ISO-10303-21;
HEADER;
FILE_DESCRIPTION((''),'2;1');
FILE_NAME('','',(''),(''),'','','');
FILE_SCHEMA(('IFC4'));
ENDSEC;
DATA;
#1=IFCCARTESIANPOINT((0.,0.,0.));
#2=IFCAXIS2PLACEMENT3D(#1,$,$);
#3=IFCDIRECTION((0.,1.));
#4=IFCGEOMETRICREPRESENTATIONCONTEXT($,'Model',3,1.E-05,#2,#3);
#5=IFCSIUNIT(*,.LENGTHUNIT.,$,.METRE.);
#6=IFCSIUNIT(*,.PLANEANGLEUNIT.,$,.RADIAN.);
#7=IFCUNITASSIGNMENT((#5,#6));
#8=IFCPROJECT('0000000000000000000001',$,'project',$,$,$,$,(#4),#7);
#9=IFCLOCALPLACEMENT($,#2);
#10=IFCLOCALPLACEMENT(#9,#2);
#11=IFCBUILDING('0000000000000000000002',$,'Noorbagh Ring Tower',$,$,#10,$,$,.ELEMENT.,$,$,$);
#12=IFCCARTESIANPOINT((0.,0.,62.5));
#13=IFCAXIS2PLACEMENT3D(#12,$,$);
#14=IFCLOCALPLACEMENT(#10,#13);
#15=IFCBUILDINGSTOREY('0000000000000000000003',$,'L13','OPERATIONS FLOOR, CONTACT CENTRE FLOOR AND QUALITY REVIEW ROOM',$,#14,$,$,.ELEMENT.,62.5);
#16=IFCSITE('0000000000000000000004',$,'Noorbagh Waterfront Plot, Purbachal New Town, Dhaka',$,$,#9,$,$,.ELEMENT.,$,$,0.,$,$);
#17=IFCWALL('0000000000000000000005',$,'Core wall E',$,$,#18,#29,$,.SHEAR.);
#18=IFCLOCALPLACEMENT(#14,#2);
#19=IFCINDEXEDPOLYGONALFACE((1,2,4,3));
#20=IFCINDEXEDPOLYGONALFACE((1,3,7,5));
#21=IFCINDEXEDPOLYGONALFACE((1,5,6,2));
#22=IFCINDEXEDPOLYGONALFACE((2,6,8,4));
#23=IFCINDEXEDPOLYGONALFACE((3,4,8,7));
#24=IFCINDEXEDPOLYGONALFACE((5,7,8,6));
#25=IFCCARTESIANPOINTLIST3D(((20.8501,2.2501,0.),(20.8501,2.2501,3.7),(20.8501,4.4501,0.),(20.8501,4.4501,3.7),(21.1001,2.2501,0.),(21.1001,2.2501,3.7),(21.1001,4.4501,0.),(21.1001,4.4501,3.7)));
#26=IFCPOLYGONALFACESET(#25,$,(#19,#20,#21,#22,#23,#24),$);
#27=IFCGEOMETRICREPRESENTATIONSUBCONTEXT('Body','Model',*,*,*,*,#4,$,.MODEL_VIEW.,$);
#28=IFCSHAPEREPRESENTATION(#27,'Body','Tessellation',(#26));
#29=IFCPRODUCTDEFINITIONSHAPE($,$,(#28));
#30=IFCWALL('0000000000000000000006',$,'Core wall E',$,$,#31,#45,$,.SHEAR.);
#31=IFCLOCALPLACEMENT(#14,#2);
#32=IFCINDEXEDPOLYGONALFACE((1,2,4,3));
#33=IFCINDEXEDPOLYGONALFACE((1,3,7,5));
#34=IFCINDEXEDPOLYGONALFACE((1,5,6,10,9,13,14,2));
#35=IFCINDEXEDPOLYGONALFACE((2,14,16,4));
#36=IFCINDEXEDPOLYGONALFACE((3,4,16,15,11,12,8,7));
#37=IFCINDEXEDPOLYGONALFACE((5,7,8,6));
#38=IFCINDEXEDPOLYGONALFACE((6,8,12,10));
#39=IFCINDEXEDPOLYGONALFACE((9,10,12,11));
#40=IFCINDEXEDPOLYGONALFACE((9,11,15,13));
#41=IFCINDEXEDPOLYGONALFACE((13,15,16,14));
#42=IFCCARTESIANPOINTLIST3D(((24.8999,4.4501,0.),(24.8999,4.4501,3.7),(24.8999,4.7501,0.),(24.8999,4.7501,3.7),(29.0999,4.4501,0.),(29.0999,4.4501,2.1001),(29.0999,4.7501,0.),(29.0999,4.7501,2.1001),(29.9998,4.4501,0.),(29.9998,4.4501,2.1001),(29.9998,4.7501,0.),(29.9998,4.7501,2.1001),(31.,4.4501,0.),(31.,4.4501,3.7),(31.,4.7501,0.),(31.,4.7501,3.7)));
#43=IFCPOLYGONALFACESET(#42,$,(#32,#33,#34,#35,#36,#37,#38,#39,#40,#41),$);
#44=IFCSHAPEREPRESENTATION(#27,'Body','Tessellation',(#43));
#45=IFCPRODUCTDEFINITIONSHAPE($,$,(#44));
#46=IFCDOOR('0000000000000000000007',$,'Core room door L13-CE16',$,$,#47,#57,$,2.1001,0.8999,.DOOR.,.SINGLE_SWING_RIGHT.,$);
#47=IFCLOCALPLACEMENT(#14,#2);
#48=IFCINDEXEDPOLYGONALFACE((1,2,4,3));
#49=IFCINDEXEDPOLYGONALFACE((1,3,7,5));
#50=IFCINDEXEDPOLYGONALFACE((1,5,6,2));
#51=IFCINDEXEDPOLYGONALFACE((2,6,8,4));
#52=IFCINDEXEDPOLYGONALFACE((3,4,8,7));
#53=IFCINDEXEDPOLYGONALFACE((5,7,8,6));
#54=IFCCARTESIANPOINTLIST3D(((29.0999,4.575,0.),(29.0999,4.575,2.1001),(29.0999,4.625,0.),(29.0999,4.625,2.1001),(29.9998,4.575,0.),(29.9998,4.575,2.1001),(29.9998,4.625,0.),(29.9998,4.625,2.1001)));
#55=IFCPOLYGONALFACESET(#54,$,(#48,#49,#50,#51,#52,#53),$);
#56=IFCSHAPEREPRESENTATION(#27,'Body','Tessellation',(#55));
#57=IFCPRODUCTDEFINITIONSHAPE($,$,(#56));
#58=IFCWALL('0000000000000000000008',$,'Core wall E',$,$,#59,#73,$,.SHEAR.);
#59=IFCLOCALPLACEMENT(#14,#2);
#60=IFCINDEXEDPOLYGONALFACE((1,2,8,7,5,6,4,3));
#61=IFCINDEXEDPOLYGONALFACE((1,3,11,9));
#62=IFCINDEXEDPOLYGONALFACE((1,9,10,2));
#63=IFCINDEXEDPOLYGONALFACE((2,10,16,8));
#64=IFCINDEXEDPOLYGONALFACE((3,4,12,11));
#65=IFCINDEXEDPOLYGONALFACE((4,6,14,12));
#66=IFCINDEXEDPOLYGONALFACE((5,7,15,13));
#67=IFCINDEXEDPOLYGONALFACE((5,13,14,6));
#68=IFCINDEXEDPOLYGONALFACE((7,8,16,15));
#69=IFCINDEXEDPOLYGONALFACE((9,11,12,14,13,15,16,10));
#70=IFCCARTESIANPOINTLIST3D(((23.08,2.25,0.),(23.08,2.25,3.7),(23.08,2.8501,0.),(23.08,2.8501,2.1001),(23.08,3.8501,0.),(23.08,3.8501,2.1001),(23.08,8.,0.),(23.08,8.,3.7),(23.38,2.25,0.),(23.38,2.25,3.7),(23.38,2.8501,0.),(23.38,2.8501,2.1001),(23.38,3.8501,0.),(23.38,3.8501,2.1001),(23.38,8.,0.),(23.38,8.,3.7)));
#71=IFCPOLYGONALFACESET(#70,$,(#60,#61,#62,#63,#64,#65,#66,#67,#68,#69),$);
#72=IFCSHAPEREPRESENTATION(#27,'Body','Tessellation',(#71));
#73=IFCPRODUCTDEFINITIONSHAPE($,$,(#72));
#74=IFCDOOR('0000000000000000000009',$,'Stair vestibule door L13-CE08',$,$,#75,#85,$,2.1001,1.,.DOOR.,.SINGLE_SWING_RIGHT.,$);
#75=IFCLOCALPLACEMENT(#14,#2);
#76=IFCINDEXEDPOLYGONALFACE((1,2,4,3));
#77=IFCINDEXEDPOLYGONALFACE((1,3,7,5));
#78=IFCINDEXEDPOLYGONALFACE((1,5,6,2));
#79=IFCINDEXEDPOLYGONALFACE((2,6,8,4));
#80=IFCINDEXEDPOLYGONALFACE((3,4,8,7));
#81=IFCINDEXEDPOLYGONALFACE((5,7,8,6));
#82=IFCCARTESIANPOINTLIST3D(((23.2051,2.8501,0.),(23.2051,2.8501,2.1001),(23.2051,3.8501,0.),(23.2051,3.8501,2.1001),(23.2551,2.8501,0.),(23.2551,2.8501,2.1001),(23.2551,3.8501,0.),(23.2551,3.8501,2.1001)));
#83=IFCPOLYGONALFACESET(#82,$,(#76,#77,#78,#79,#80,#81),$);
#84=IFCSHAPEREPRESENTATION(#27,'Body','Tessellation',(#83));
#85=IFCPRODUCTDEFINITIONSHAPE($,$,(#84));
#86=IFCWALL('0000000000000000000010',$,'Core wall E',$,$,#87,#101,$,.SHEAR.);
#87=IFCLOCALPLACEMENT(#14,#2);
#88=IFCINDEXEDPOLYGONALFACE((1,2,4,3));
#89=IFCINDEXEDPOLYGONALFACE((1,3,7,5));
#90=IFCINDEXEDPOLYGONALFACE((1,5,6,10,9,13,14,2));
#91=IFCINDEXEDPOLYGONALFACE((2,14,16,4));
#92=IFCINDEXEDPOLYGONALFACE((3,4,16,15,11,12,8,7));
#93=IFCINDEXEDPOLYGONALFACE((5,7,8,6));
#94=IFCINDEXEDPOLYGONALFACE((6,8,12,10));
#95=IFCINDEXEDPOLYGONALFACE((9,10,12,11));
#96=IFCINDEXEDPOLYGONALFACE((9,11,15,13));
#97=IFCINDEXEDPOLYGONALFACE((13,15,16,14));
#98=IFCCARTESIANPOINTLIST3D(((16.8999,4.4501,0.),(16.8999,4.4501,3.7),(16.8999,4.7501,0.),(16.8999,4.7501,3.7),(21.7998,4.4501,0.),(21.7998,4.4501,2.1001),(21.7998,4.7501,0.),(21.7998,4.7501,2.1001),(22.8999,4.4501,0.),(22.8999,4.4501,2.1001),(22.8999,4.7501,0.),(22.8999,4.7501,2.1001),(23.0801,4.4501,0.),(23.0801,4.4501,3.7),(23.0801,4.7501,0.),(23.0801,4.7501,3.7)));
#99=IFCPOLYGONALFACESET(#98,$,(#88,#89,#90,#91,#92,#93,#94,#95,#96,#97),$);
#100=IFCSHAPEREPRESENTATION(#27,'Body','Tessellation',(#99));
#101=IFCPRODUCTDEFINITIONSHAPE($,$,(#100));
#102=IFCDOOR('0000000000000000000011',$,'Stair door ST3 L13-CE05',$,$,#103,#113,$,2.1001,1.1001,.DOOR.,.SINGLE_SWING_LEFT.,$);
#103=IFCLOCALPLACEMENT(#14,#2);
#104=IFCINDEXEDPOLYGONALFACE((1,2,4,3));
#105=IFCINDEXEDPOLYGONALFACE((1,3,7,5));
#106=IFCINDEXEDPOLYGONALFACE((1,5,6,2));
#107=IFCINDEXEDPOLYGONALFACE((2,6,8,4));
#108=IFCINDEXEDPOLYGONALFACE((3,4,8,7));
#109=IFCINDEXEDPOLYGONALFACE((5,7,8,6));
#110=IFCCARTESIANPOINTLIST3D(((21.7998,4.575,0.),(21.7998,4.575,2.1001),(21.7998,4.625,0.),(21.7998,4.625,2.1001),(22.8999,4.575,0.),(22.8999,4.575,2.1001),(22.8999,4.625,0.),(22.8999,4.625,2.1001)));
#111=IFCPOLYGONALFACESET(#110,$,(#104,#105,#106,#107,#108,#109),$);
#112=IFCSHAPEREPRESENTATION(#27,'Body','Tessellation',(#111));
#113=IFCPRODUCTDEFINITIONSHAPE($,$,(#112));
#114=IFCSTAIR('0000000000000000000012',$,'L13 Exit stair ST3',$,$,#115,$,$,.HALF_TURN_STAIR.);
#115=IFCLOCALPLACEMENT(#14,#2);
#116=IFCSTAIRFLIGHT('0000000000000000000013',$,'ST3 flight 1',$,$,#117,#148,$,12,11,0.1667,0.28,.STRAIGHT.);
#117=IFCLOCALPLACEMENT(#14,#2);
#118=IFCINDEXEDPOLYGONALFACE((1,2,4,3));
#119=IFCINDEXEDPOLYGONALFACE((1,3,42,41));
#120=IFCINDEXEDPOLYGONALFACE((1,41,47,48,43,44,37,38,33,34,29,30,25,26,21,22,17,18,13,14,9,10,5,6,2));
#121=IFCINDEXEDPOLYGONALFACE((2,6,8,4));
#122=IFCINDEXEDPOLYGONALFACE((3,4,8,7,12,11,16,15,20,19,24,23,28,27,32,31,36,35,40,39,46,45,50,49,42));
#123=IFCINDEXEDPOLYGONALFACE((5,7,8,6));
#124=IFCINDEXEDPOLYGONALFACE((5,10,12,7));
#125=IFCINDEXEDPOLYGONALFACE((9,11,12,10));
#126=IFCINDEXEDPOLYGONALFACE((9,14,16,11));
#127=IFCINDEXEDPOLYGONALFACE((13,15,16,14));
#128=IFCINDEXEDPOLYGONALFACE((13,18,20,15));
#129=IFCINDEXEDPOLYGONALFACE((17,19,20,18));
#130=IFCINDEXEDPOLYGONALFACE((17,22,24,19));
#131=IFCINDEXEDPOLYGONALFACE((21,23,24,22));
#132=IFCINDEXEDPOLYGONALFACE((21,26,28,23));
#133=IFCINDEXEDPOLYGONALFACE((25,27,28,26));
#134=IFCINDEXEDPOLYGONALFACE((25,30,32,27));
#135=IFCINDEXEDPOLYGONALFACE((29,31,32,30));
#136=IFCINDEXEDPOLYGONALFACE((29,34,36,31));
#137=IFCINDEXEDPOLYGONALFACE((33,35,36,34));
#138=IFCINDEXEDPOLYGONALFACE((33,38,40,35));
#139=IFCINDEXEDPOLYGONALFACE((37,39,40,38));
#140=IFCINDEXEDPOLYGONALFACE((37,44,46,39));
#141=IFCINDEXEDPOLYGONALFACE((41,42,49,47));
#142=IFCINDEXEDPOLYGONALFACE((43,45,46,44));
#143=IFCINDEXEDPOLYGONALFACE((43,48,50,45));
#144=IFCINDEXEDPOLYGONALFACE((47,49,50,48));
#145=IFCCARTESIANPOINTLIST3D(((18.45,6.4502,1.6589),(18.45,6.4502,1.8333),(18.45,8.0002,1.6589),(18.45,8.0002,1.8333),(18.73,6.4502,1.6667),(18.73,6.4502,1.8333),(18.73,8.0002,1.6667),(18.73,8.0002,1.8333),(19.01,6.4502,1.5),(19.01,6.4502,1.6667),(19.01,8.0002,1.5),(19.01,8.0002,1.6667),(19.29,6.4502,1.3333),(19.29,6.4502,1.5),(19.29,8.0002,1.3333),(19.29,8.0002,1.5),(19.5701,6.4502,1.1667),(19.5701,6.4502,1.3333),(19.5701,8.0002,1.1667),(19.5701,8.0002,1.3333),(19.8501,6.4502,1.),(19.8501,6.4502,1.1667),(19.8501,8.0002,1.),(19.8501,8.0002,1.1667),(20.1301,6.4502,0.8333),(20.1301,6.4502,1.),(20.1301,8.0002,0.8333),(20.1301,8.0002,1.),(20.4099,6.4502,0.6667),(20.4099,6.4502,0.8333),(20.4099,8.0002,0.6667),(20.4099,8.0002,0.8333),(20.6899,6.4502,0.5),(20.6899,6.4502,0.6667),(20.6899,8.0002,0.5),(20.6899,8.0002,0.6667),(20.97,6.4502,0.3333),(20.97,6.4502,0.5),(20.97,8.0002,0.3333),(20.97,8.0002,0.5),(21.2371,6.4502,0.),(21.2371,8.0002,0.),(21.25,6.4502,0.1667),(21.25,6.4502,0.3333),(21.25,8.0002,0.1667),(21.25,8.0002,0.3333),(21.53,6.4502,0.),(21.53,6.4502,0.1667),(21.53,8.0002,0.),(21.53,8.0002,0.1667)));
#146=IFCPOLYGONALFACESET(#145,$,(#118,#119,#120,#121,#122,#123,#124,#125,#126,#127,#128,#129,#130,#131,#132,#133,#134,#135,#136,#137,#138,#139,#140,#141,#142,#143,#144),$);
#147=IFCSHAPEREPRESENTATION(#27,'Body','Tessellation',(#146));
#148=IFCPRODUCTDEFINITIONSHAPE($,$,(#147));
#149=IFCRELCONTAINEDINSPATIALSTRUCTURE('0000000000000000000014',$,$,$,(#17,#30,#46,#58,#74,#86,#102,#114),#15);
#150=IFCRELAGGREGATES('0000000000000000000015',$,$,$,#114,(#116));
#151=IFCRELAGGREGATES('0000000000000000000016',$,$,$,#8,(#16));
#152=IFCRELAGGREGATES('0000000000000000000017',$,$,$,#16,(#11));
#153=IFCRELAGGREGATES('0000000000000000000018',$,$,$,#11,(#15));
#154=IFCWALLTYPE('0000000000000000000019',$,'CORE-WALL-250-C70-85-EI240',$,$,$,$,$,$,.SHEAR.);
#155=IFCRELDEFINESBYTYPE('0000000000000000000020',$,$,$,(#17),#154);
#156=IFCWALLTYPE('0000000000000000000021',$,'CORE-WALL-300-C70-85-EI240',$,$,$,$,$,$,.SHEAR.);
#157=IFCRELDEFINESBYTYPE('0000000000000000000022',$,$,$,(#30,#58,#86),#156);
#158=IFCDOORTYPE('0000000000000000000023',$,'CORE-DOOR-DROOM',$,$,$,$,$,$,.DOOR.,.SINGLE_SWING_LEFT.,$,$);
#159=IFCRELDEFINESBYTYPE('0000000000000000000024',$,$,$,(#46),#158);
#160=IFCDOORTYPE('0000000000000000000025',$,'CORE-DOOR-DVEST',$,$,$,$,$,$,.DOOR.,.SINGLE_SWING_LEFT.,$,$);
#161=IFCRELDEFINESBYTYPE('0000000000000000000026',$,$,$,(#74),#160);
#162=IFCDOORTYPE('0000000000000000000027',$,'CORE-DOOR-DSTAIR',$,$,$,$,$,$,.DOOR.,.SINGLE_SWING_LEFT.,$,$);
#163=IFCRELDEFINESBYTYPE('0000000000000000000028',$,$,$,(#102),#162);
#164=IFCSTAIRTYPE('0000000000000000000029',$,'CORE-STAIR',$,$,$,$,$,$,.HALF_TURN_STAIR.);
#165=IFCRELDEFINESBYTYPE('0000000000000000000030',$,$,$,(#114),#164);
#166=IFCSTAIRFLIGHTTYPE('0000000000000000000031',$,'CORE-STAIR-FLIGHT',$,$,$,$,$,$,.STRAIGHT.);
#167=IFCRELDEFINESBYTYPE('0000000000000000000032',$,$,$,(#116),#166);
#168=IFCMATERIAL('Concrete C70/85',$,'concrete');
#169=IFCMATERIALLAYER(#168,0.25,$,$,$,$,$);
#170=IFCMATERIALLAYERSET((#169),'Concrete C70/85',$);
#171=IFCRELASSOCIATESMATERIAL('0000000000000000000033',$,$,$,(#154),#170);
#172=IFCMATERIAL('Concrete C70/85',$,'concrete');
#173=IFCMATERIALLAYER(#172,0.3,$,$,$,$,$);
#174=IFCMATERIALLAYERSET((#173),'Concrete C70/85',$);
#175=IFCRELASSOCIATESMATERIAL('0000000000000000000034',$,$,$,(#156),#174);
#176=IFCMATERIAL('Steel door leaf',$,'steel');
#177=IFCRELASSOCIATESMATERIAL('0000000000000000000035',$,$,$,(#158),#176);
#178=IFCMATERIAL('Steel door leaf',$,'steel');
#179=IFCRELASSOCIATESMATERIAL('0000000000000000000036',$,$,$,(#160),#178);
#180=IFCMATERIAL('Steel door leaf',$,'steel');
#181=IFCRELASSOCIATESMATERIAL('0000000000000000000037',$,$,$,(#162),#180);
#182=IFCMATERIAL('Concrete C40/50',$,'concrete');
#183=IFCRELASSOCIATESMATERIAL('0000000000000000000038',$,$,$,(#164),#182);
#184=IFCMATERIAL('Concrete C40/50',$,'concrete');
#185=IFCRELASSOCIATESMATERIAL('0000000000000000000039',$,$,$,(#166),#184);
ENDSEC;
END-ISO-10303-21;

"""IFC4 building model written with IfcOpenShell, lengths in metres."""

from ifc_helpers import new_model, si_unit, direction, frame, frame_2d, origin, place, context, subcontext, project, spatial, polyline, rectangle, outline, extrude, material, layer, layer_set, type_object, element, fill, aggregate, save


model = new_model("IFC4")

# Units and contexts
model_context = context("Model", 3, precision=1e-05, world=origin(), true_north=direction((0.0, 1.0)))
body_context = subcontext(model_context, "Body", "Model", "MODEL_VIEW")
ifc_project = project(units=[si_unit("LENGTHUNIT", "METRE"), si_unit("PLANEANGLEUNIT", "RADIAN")], contexts=[model_context])

# Site, building, storey
site_placement = place(None, origin())
site = spatial("IfcSite", under=ifc_project, at=site_placement, Name="Noorbagh Waterfront Plot, Purbachal New Town, Dhaka", CompositionType="ELEMENT", RefElevation=0.0)
building_placement = place(site_placement, origin())
building = spatial("IfcBuilding", under=site, at=building_placement, Name="Noorbagh Ring Tower", CompositionType="ELEMENT")
storey_placement = place(building_placement, frame((0.0, 0.0, 62.5)))
storey = spatial("IfcBuildingStorey", under=building, at=storey_placement, Name="L13", Description="OPERATIONS FLOOR, CONTACT CENTRE FLOOR AND QUALITY REVIEW ROOM", CompositionType="ELEMENT", Elevation=62.5)

# Wall
ifc_material_1 = material(Name="Concrete C70/85", Category="concrete")
ifc_layer_1 = layer(ifc_material_1, 0.25)
ifc_layer_set_1 = layer_set([ifc_layer_1], Name="Concrete C70/85")
wall_type_1 = type_object("IfcWallType", Name="CORE-WALL-250-C70-85-EI240", PredefinedType="SHEAR", material=ifc_layer_set_1)
wall_1_placement = place(storey_placement, frame((20.9751, 2.25, 0.0), z_axis=(0.0, 0.0, 1.0), x_axis=(0.0, 1.0, 0.0)))
element("IfcWall", 1, at=wall_1_placement, inside=storey, type_object=wall_type_1, Name="Core wall E", PredefinedType="SHEAR", context=body_context, shape_type="SweptSolid", body=[
    extrude(rectangle(XDim=2.2, YDim=0.25, at=frame_2d((1.1001, 0.0))), origin(), (0.0, 0.0, 1.0), 3.7),
])

# Walls, openings, doors
ifc_material_2 = material(Name="Concrete C70/85", Category="concrete")
ifc_layer_2 = layer(ifc_material_2, 0.3)
ifc_layer_set_2 = layer_set([ifc_layer_2], Name="Concrete C70/85")
wall_type_2 = type_object("IfcWallType", Name="CORE-WALL-300-C70-85-EI240", PredefinedType="SHEAR", material=ifc_layer_set_2)
wall_2_placement = place(storey_placement, frame((24.8999, 4.6001, 0.0), z_axis=(0.0, 0.0, 1.0), x_axis=(1.0, 0.0, 0.0)))
wall_2 = element("IfcWall", 2, at=wall_2_placement, inside=storey, type_object=wall_type_2, Name="Core wall E", PredefinedType="SHEAR", context=body_context, shape_type="SweptSolid", body=[
    extrude(rectangle(XDim=6.1001, YDim=0.3, at=frame_2d((3.05, 0.0))), origin(), (0.0, 0.0, 1.0), 3.7),
])
opening_1_placement = place(wall_2_placement, frame((4.2, 0.0, 0.0)))
opening_1 = element("IfcOpeningElement", 3, at=opening_1_placement, cuts=wall_2, PredefinedType="OPENING", context=body_context, shape_type="SweptSolid", body=[
    extrude(rectangle(XDim=0.8999, YDim=2.1001, at=frame_2d((0.45, 1.05))), frame((0.0, 0.1602, 0.0), z_axis=(0.0, -1.0, 0.0), x_axis=(1.0, 0.0, 0.0)), (0.0, 0.0, 1.0), 0.3201),
])
ifc_material_3 = material(Name="Steel door leaf", Category="steel")
door_type_1 = type_object("IfcDoorType", Name="CORE-DOOR-DROOM", OperationType="SINGLE_SWING_LEFT", PredefinedType="DOOR", material=ifc_material_3)
door_1_placement = place(opening_1_placement, origin())
door_1 = element("IfcDoor", 4, at=door_1_placement, inside=storey, type_object=door_type_1, Name="Core room door L13-CE16", OperationType="SINGLE_SWING_RIGHT", OverallHeight=2.1001, OverallWidth=0.8999, PredefinedType="DOOR", context=body_context, shape_type="SweptSolid", body=[
    extrude(rectangle(XDim=0.8999, YDim=2.1001, at=frame_2d((0.45, 1.05))), frame((0.0, 0.0249, 0.0), z_axis=(0.0, -1.0, 0.0), x_axis=(1.0, 0.0, 0.0)), (0.0, 0.0, 1.0), 0.05),
])
fill(opening_1, door_1)
wall_3_placement = place(storey_placement, frame((23.23, 2.25, 0.0), z_axis=(0.0, 0.0, 1.0), x_axis=(0.0, 1.0, 0.0)))
wall_3 = element("IfcWall", 5, at=wall_3_placement, inside=storey, type_object=wall_type_2, Name="Core wall E", PredefinedType="SHEAR", context=body_context, shape_type="SweptSolid", body=[
    extrude(rectangle(XDim=5.75, YDim=0.3, at=frame_2d((2.875, 0.0))), origin(), (0.0, 0.0, 1.0), 3.7),
])
opening_2_placement = place(wall_3_placement, frame((0.6001, 0.0, 0.0)))
opening_2 = element("IfcOpeningElement", 6, at=opening_2_placement, cuts=wall_3, PredefinedType="OPENING", context=body_context, shape_type="SweptSolid", body=[
    extrude(rectangle(XDim=1.0, YDim=2.1001, at=frame_2d((0.5, 1.05))), frame((0.0, 0.1602, 0.0), z_axis=(0.0, -1.0, 0.0), x_axis=(1.0, 0.0, 0.0)), (0.0, 0.0, 1.0), 0.3201),
])
ifc_material_4 = material(Name="Steel door leaf", Category="steel")
door_type_2 = type_object("IfcDoorType", Name="CORE-DOOR-DVEST", OperationType="SINGLE_SWING_LEFT", PredefinedType="DOOR", material=ifc_material_4)
door_2_placement = place(opening_2_placement, origin())
door_2 = element("IfcDoor", 7, at=door_2_placement, inside=storey, type_object=door_type_2, Name="Stair vestibule door L13-CE08", OperationType="SINGLE_SWING_RIGHT", OverallHeight=2.1001, OverallWidth=1.0, PredefinedType="DOOR", context=body_context, shape_type="SweptSolid", body=[
    extrude(rectangle(XDim=1.0, YDim=2.1001, at=frame_2d((0.5, 1.05))), frame((0.0, 0.0249, 0.0), z_axis=(0.0, -1.0, 0.0), x_axis=(1.0, 0.0, 0.0)), (0.0, 0.0, 1.0), 0.05),
])
fill(opening_2, door_2)
wall_4_placement = place(storey_placement, frame((16.8999, 4.6001, 0.0), z_axis=(0.0, 0.0, 1.0), x_axis=(1.0, 0.0, 0.0)))
wall_4 = element("IfcWall", 8, at=wall_4_placement, inside=storey, type_object=wall_type_2, Name="Core wall E", PredefinedType="SHEAR", context=body_context, shape_type="SweptSolid", body=[
    extrude(rectangle(XDim=6.1802, YDim=0.3, at=frame_2d((3.0901, 0.0))), origin(), (0.0, 0.0, 1.0), 3.7),
])
opening_3_placement = place(wall_4_placement, frame((4.8999, 0.0, 0.0)))
opening_3 = element("IfcOpeningElement", 9, at=opening_3_placement, cuts=wall_4, PredefinedType="OPENING", context=body_context, shape_type="SweptSolid", body=[
    extrude(rectangle(XDim=1.1001, YDim=2.1001, at=frame_2d((0.55, 1.05))), frame((0.0, 0.1602, 0.0), z_axis=(0.0, -1.0, 0.0), x_axis=(1.0, 0.0, 0.0)), (0.0, 0.0, 1.0), 0.3201),
])
ifc_material_5 = material(Name="Steel door leaf", Category="steel")
door_type_3 = type_object("IfcDoorType", Name="CORE-DOOR-DSTAIR", OperationType="SINGLE_SWING_LEFT", PredefinedType="DOOR", material=ifc_material_5)
door_3_placement = place(opening_3_placement, origin())
door_3 = element("IfcDoor", 10, at=door_3_placement, inside=storey, type_object=door_type_3, Name="Stair door ST3 L13-CE05", OperationType="SINGLE_SWING_LEFT", OverallHeight=2.1001, OverallWidth=1.1001, PredefinedType="DOOR", context=body_context, shape_type="SweptSolid", body=[
    extrude(rectangle(XDim=1.1001, YDim=2.1001, at=frame_2d((0.55, 1.05))), frame((0.0, 0.0249, 0.0), z_axis=(0.0, -1.0, 0.0), x_axis=(1.0, 0.0, 0.0)), (0.0, 0.0, 1.0), 0.05),
])
fill(opening_3, door_3)

# Stair, stair flight
ifc_material_6 = material(Name="Concrete C40/50", Category="concrete")
stair_type = type_object("IfcStairType", Name="CORE-STAIR", PredefinedType="HALF_TURN_STAIR", material=ifc_material_6)
stair_placement = place(storey_placement, origin())
stair = element("IfcStair", 11, at=stair_placement, inside=storey, type_object=stair_type, Name="L13 Exit stair ST3", PredefinedType="HALF_TURN_STAIR")
ifc_material_7 = material(Name="Concrete C40/50", Category="concrete")
stair_flight_type = type_object("IfcStairFlightType", Name="CORE-STAIR-FLIGHT", PredefinedType="STRAIGHT", material=ifc_material_7)
stair_flight_1_placement = place(storey_placement, frame((21.53, 7.2251, 0.0), z_axis=(0.0, 0.0, 1.0), x_axis=(-1.0, 0.0, 0.0)))
stair_flight_1 = element("IfcStairFlight", 12, at=stair_flight_1_placement, type_object=stair_flight_type, Name="ST3 flight 1", NumberOfRisers=12, NumberOfTreads=11, PredefinedType="STRAIGHT", RiserHeight=0.1667, TreadLength=0.28, context=body_context, shape_type="SweptSolid", body=[
    extrude(outline(polyline([(0.0, 0.0), (0.0, 0.1667), (0.28, 0.1667), (0.28, 0.3333), (0.5601, 0.3333), (0.5601, 0.5), (0.8401, 0.5), (0.8401, 0.6667), (1.1201, 0.6667), (1.1201, 0.8333), (1.3999, 0.8333), (1.3999, 1.0), (1.6799, 1.0), (1.6799, 1.1667), (1.96, 1.1667), (1.96, 1.3333), (2.24, 1.3333), (2.24, 1.5), (2.52, 1.5), (2.52, 1.6667), (2.8, 1.6667), (2.8, 1.8333), (3.0801, 1.8333), (3.0801, 2.0), (3.0801, 1.6589), (0.293, 0.0), (0.0, 0.0)])), frame((0.0, 0.7749, 0.0), z_axis=(0.0, -1.0, 0.0), x_axis=(1.0, 0.0, 0.0)), (0.0, 0.0, 1.0), 1.55),
])
aggregate(stair, [stair_flight_1])

save(model, "model.ifc")
